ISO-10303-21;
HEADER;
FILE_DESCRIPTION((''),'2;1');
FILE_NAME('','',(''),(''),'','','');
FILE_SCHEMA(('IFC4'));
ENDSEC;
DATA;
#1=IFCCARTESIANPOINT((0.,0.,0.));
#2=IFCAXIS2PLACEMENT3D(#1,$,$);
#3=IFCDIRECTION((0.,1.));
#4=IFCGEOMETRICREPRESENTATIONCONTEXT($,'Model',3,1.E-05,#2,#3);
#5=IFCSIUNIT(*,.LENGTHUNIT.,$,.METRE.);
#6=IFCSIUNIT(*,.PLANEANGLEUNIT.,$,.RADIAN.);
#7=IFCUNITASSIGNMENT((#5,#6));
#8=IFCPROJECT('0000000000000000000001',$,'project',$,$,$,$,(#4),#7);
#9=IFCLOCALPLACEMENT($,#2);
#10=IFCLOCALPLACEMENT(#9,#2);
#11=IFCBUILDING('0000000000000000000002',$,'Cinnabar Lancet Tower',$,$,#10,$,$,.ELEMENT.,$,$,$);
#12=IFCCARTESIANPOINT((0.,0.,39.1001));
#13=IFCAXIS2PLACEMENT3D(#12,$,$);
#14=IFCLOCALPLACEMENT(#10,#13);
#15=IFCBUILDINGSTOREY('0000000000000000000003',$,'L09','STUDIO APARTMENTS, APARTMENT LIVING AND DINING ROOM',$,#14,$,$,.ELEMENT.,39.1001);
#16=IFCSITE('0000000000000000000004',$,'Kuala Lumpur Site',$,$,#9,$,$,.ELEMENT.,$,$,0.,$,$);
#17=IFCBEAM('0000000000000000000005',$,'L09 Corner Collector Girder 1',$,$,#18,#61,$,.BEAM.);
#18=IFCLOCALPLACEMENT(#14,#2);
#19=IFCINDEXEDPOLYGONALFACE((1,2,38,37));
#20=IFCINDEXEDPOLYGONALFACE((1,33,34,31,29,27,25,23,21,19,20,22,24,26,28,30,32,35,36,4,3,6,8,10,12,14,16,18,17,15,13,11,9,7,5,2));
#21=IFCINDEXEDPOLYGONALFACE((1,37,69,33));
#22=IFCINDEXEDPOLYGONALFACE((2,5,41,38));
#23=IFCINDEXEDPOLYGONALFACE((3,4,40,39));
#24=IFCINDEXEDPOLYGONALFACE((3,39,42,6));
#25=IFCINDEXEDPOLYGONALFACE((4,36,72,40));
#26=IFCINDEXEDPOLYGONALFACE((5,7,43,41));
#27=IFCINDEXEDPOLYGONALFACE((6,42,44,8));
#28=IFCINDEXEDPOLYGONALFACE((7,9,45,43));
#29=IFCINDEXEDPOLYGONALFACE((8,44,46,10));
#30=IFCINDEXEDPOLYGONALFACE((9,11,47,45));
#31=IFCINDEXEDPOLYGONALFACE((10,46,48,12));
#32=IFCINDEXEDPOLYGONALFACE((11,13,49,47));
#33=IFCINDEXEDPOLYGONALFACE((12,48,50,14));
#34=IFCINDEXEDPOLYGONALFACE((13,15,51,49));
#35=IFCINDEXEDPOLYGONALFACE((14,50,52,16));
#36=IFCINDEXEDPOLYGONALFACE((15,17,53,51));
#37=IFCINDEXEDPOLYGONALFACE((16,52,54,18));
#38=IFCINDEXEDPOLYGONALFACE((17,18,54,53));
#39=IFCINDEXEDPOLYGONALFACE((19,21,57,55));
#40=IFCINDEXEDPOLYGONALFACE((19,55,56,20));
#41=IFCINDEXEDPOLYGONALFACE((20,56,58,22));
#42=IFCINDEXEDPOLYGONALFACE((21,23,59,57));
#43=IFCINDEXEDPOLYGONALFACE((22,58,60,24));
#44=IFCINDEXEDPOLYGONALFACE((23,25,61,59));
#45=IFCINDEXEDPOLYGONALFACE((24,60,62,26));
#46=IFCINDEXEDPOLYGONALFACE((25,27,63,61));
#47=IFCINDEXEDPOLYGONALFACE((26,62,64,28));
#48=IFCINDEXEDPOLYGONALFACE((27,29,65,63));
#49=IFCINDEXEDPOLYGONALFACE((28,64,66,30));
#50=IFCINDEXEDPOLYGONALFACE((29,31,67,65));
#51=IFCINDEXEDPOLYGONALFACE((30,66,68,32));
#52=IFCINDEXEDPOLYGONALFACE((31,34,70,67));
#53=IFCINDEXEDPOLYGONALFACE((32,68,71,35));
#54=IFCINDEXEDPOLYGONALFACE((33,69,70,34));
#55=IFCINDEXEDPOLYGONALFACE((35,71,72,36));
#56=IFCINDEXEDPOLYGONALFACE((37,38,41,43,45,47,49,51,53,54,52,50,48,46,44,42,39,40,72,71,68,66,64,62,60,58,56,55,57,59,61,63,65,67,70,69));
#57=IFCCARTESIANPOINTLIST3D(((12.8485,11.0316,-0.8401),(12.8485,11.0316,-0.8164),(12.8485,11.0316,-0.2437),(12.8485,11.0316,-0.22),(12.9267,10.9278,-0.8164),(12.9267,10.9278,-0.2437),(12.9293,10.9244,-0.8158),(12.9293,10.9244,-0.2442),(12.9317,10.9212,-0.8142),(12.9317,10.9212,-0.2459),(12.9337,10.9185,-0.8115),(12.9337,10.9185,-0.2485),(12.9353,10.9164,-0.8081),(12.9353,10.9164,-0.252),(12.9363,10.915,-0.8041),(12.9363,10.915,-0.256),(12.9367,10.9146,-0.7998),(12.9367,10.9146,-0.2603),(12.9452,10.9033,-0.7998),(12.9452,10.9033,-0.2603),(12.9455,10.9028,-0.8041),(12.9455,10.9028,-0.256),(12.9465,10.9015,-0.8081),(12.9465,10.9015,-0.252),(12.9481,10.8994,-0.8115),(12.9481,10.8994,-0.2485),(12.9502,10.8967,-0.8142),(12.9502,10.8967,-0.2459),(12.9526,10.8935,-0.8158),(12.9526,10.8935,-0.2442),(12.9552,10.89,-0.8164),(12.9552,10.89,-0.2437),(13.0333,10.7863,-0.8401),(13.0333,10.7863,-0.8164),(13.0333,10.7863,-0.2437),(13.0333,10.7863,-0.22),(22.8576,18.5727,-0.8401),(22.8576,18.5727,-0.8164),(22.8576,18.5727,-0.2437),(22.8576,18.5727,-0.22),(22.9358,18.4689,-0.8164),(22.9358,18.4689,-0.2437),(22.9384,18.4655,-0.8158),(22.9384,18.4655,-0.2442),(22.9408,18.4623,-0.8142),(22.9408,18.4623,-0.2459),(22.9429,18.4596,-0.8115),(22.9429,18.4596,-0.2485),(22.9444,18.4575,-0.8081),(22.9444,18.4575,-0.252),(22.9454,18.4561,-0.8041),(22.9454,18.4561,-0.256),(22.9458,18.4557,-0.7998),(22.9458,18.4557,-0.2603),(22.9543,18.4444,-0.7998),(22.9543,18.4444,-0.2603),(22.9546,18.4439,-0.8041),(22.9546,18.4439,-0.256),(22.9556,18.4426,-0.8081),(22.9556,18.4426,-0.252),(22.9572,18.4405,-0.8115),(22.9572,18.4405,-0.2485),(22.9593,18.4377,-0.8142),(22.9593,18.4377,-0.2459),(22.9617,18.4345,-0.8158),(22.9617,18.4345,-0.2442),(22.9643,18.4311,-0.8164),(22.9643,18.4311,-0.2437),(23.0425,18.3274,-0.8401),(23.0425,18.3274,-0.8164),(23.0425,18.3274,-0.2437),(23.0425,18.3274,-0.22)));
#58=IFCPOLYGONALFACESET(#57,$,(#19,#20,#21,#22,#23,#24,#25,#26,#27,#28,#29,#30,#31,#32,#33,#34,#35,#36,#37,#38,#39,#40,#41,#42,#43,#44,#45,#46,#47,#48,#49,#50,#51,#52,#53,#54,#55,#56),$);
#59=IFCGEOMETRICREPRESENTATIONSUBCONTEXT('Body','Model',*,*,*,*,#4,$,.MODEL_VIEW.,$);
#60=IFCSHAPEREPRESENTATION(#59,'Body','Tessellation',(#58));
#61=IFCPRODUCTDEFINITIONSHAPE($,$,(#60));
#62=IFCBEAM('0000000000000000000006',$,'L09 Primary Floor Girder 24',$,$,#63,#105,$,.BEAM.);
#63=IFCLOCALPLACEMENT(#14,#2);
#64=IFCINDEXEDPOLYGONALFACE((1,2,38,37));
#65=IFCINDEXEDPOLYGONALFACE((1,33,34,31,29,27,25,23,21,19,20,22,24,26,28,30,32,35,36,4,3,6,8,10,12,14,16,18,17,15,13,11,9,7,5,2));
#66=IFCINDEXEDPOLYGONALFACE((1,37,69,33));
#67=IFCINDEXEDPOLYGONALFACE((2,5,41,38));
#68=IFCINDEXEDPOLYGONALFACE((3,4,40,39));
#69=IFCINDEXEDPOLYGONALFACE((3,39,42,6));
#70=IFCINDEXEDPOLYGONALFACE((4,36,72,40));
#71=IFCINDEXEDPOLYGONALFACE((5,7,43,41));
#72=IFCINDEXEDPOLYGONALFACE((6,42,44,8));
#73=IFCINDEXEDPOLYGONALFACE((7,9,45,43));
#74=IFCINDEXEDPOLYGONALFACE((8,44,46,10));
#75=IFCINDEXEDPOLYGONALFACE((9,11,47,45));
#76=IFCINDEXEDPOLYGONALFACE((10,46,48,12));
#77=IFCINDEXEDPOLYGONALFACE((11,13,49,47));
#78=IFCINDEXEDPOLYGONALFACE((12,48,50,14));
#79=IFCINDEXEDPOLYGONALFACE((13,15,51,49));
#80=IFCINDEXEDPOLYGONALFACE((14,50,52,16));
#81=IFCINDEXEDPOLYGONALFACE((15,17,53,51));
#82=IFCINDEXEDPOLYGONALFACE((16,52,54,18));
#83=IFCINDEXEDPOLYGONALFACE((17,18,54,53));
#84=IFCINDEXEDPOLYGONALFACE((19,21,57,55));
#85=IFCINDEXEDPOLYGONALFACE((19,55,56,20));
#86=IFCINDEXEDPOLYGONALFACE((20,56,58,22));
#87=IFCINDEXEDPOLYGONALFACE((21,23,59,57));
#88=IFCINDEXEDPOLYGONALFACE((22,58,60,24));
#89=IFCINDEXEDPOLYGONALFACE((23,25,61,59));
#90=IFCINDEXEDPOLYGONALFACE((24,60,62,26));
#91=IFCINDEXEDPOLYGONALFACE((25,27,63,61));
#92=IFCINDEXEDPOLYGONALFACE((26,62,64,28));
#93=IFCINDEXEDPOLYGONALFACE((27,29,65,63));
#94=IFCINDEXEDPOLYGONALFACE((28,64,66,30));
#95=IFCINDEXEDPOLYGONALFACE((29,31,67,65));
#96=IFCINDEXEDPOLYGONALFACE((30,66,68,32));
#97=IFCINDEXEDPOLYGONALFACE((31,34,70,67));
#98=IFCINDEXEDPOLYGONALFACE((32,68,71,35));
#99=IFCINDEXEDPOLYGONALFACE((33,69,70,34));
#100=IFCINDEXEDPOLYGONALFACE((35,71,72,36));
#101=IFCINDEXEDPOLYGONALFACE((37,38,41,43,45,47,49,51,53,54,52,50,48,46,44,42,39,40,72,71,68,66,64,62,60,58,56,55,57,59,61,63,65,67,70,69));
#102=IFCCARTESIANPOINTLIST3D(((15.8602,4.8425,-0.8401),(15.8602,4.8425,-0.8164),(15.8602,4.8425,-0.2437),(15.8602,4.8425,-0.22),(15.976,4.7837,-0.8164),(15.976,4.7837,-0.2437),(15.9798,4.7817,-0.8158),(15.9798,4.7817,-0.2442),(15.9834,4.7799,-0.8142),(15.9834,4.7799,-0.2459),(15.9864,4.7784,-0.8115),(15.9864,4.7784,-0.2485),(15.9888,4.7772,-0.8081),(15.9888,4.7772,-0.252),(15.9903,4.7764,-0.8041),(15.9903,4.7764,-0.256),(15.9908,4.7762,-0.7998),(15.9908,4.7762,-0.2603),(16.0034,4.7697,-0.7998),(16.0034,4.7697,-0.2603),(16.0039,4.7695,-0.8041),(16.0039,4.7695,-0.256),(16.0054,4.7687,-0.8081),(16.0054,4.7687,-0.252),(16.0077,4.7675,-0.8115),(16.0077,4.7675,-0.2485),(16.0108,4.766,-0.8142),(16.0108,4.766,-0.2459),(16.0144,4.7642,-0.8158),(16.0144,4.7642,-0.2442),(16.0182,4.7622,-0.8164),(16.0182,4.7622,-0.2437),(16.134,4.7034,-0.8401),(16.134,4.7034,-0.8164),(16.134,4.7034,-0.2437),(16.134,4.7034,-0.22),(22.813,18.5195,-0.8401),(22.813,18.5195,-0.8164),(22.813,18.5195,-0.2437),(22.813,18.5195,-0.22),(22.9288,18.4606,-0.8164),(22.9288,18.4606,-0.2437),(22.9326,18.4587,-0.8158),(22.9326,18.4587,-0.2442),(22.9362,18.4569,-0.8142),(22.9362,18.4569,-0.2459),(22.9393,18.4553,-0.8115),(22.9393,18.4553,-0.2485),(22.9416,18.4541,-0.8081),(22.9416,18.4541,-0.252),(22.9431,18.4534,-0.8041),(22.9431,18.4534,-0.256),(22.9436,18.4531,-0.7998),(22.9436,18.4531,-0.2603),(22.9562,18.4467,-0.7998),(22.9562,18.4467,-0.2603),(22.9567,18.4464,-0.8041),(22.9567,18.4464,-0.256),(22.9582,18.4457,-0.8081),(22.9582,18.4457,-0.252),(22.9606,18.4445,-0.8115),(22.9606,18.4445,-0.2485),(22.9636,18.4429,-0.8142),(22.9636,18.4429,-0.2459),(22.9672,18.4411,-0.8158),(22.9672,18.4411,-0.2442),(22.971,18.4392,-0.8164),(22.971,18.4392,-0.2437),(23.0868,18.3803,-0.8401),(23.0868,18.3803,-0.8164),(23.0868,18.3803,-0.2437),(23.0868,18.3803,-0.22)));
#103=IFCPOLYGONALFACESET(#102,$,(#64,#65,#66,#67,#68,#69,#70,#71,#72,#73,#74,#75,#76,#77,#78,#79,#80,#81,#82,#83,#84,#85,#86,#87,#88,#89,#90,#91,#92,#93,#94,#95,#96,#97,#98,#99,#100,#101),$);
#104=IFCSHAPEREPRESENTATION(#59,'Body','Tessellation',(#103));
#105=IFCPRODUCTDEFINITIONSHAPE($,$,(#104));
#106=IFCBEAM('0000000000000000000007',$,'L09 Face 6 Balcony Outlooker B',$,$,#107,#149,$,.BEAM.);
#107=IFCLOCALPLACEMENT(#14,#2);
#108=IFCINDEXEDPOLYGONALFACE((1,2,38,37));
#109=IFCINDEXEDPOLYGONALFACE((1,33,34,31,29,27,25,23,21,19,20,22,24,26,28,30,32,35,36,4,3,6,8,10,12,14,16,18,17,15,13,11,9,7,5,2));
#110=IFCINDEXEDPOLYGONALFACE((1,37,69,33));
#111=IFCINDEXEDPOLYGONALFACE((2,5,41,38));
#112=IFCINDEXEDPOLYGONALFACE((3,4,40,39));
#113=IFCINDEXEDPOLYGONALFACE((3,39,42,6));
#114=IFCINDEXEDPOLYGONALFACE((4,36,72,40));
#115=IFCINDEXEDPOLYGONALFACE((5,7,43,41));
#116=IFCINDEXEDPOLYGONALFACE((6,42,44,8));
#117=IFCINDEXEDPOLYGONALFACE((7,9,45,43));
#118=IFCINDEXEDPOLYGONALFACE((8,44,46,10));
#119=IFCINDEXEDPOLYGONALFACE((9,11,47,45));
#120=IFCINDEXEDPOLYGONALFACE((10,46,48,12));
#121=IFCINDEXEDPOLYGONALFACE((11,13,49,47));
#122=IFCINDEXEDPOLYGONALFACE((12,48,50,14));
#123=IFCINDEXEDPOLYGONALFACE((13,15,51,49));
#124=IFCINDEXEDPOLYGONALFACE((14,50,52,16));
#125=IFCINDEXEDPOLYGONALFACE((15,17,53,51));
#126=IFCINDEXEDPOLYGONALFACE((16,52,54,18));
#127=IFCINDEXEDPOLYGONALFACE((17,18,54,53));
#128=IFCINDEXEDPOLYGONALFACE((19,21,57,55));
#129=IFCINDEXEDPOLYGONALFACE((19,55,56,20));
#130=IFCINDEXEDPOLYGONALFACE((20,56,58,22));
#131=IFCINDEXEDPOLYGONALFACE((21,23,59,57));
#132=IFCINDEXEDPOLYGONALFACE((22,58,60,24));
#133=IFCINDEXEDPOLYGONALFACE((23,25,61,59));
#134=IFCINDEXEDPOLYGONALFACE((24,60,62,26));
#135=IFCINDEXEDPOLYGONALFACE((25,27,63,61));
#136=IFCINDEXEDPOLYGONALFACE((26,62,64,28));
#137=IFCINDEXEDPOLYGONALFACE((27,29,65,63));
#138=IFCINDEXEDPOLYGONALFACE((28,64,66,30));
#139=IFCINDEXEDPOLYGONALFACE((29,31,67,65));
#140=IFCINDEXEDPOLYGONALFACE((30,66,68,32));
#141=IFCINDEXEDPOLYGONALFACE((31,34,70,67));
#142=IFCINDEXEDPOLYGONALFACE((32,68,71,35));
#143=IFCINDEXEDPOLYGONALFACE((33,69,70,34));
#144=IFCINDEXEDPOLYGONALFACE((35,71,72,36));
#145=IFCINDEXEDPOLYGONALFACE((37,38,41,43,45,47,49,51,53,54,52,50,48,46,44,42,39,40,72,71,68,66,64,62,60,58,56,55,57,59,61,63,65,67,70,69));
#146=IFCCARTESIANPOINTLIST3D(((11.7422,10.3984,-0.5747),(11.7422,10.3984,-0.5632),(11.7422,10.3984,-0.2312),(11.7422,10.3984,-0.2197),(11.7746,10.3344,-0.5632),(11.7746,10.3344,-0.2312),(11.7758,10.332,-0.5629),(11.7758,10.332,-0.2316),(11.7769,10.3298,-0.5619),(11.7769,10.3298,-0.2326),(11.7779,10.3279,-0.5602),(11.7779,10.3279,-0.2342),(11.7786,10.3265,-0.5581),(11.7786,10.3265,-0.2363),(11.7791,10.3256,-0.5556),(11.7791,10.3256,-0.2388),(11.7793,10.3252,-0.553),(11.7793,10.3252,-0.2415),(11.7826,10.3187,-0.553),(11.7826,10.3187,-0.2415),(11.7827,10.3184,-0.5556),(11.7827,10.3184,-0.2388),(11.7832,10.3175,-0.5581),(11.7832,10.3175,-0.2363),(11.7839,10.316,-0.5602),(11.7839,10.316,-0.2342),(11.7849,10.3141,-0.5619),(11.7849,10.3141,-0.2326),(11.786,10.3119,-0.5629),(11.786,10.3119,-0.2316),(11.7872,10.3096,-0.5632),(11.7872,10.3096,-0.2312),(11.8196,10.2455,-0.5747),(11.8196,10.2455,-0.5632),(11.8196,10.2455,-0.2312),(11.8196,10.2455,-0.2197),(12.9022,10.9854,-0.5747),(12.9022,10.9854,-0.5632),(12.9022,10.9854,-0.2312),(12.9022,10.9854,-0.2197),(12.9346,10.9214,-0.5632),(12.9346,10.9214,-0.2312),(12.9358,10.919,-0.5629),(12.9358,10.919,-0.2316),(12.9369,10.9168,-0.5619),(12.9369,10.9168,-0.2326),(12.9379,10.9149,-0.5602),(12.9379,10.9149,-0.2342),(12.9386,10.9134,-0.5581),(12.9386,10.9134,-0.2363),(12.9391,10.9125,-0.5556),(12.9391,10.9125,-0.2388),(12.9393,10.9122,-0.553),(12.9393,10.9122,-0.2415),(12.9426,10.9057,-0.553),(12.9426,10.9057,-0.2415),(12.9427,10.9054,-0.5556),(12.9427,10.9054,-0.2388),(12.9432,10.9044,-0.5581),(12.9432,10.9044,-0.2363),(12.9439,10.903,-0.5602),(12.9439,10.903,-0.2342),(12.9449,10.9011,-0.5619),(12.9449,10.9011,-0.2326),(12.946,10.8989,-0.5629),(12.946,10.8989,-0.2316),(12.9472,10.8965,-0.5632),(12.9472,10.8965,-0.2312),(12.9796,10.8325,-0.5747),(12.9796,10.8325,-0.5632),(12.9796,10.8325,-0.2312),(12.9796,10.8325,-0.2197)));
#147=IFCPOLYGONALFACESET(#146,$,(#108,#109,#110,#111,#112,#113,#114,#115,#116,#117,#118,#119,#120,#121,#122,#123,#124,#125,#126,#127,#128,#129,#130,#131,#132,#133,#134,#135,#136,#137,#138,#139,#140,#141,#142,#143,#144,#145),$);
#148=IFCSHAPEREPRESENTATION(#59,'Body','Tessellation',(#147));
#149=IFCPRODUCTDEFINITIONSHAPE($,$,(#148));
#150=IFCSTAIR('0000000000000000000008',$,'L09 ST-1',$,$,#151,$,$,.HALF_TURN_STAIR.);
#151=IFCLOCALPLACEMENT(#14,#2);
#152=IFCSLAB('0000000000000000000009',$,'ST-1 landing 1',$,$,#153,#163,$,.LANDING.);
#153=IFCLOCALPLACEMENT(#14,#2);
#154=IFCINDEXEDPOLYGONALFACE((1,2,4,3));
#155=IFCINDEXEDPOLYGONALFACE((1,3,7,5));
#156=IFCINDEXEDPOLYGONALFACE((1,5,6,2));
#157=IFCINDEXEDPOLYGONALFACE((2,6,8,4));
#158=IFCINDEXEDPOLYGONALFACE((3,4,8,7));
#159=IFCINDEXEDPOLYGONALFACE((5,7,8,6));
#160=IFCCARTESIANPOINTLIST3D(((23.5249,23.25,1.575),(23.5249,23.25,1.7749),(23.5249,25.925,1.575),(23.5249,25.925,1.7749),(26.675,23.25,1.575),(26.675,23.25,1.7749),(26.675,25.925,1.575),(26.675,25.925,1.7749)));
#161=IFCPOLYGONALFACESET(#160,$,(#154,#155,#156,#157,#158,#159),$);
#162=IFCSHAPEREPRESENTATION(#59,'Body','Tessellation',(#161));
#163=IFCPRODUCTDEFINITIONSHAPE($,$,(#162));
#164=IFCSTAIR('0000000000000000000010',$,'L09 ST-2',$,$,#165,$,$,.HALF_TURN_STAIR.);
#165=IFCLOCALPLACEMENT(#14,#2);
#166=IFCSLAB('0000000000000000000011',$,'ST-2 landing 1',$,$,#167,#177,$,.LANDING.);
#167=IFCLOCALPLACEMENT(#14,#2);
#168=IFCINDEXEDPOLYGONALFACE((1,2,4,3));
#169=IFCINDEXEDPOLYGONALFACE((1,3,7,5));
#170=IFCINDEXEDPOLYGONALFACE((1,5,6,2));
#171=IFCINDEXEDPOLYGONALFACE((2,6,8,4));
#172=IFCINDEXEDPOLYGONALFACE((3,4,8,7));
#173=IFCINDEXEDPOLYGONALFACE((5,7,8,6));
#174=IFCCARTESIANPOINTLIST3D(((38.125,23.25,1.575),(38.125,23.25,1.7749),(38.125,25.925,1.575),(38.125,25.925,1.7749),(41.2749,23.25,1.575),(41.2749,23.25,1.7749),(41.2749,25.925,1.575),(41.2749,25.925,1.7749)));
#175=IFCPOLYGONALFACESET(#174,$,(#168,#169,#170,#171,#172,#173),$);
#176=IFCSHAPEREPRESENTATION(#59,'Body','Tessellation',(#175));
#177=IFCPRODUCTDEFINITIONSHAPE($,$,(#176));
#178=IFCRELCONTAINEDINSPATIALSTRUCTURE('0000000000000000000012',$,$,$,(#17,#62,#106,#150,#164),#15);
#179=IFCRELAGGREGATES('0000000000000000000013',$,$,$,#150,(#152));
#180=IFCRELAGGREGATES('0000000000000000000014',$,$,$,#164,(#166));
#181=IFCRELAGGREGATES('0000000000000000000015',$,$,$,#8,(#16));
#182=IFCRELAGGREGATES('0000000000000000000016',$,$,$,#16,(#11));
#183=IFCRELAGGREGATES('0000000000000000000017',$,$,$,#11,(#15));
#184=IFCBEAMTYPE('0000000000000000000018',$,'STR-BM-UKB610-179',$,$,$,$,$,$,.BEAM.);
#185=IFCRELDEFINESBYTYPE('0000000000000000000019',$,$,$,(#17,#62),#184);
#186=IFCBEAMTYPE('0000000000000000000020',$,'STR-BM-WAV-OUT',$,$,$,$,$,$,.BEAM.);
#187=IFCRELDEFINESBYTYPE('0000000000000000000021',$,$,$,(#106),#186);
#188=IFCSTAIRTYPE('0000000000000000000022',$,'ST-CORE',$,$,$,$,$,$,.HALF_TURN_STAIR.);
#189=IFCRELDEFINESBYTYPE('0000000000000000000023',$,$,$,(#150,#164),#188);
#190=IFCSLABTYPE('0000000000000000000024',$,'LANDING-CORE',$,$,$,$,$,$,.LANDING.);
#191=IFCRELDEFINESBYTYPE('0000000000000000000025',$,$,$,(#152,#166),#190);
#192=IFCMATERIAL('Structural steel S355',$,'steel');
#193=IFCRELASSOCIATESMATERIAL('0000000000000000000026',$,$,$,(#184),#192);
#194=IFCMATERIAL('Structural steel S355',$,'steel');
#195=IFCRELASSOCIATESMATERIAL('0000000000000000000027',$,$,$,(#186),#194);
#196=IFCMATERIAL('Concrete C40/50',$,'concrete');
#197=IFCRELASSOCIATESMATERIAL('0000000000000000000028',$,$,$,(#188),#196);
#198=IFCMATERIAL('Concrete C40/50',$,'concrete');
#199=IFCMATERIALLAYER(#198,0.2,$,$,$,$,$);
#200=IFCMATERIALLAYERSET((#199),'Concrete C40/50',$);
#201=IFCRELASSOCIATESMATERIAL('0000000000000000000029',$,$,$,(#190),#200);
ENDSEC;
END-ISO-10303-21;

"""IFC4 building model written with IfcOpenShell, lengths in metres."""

from ifc_helpers import new_model, si_unit, direction, frame, origin, origin_2d, place, context, subcontext, project, spatial, polyline, i_section, outline, extrude, material, layer, layer_set, material_profile, profile_set, type_object, element, aggregate, save


model = new_model("IFC4")

# Units and contexts
model_context = context("Model", 3, precision=1e-05, world=origin(), true_north=direction((0.0, 1.0)))
body_context = subcontext(model_context, "Body", "Model", "MODEL_VIEW")
ifc_project = project(units=[si_unit("LENGTHUNIT", "METRE"), si_unit("PLANEANGLEUNIT", "RADIAN")], contexts=[model_context])

# Site, building, storey
site_placement = place(None, origin())
site = spatial("IfcSite", under=ifc_project, at=site_placement, Name="Kuala Lumpur Site", CompositionType="ELEMENT", RefElevation=0.0)
building_placement = place(site_placement, origin())
building = spatial("IfcBuilding", under=site, at=building_placement, Name="Cinnabar Lancet Tower", CompositionType="ELEMENT")
storey_placement = place(building_placement, frame((0.0, 0.0, 39.1001)))
storey = spatial("IfcBuildingStorey", under=building, at=storey_placement, Name="L09", Description="STUDIO APARTMENTS, APARTMENT LIVING AND DINING ROOM", CompositionType="ELEMENT", Elevation=39.1001)

# Beams
ifc_material_1 = material(Name="Structural steel S355", Category="steel")
ifc_material_profile_1 = material_profile(ifc_material_1, i_section(OverallWidth=0.3071, OverallDepth=0.6201, WebThickness=0.0142, FlangeThickness=0.0237, FilletRadius=0.0166, at=origin_2d()), Name="UKB 610x305x179")
ifc_profile_set_1 = profile_set([ifc_material_profile_1], Name="Structural steel S355")
beam_type_1 = type_object("IfcBeamType", Name="STR-BM-UKB610-179", PredefinedType="BEAM", material=ifc_profile_set_1)
beam_1_placement = place(storey_placement, frame((12.9409, 10.9089, -0.53), z_axis=(0.798687, 0.601747, 0.0), x_axis=(-0.601747, 0.798687, 0.0)))
element("IfcBeam", 1, at=beam_1_placement, inside=storey, type_object=beam_type_1, Name="L09 Corner Collector Girder 1", PredefinedType="BEAM", context=body_context, shape_type="SweptSolid", body=[
    extrude(i_section(OverallWidth=0.3071, OverallDepth=0.6201, WebThickness=0.0142, FlangeThickness=0.0237, FilletRadius=0.0166, at=origin_2d()), origin(), (0.0, 0.0, 1.0), 12.532),
])
beam_2_placement = place(storey_placement, frame((15.9971, 4.7729, -0.53), z_axis=(0.453168, 0.891425, 0.0), x_axis=(-0.891425, 0.453168, 0.0)))
element("IfcBeam", 2, at=beam_2_placement, inside=storey, type_object=beam_type_1, Name="L09 Primary Floor Girder 24", PredefinedType="BEAM", context=body_context, shape_type="SweptSolid", body=[
    extrude(i_section(OverallWidth=0.3071, OverallDepth=0.6201, WebThickness=0.0142, FlangeThickness=0.0237, FilletRadius=0.0166, at=origin_2d()), origin(), (0.0, 0.0, 1.0), 15.3428),
])
ifc_material_2 = material(Name="Structural steel S355", Category="steel")
ifc_material_profile_2 = material_profile(ifc_material_2, i_section(OverallWidth=0.1714, OverallDepth=0.355, WebThickness=0.0073, FlangeThickness=0.0115, FilletRadius=0.0103, at=origin_2d()), Name="UKB 356x171x51")
ifc_profile_set_2 = profile_set([ifc_material_profile_2], Name="Structural steel S355")
beam_type_2 = type_object("IfcBeamType", Name="STR-BM-WAV-OUT", PredefinedType="BEAM", material=ifc_profile_set_2)
beam_3_placement = place(storey_placement, frame((12.9409, 10.9089, -0.3972), z_axis=(-0.892276, -0.45149, 0.0), x_axis=(0.45149, -0.892276, 0.0)))
element("IfcBeam", 3, at=beam_3_placement, inside=storey, type_object=beam_type_2, Name="L09 Face 6 Balcony Outlooker B", PredefinedType="BEAM", context=body_context, shape_type="SweptSolid", body=[
    extrude(i_section(OverallWidth=0.1714, OverallDepth=0.355, WebThickness=0.0073, FlangeThickness=0.0115, FilletRadius=0.0103, at=origin_2d()), origin(), (0.0, 0.0, 1.0), 1.3),
])

# Stairs, slabs
ifc_material_3 = material(Name="Concrete C40/50", Category="concrete")
stair_type = type_object("IfcStairType", Name="ST-CORE", PredefinedType="HALF_TURN_STAIR", material=ifc_material_3)
stair_1_placement = place(storey_placement, origin())
stair_1 = element("IfcStair", 4, at=stair_1_placement, inside=storey, type_object=stair_type, Name="L09 ST-1", PredefinedType="HALF_TURN_STAIR")
ifc_material_4 = material(Name="Concrete C40/50", Category="concrete")
ifc_layer_1 = layer(ifc_material_4, 0.2)
ifc_layer_set_1 = layer_set([ifc_layer_1], Name="Concrete C40/50")
slab_type_1 = type_object("IfcSlabType", Name="LANDING-CORE", PredefinedType="LANDING", material=ifc_layer_set_1)
slab_1_placement = place(storey_placement, frame((0.0, 0.0, 1.575)))
slab_1 = element("IfcSlab", 5, at=slab_1_placement, type_object=slab_type_1, Name="ST-1 landing 1", PredefinedType="LANDING", context=body_context, shape_type="SweptSolid", body=[
    extrude(outline(polyline([(23.5249, 25.925), (23.5249, 23.25), (26.675, 23.25), (26.675, 25.925), (23.5249, 25.925)])), origin(), (0.0, 0.0, 1.0), 0.2),
])
aggregate(stair_1, [slab_1])
stair_2_placement = place(storey_placement, origin())
stair_2 = element("IfcStair", 6, at=stair_2_placement, inside=storey, type_object=stair_type, Name="L09 ST-2", PredefinedType="HALF_TURN_STAIR")
slab_2_placement = place(storey_placement, frame((0.0, 0.0, 1.575)))
slab_2 = element("IfcSlab", 7, at=slab_2_placement, type_object=slab_type_1, Name="ST-2 landing 1", PredefinedType="LANDING", context=body_context, shape_type="SweptSolid", body=[
    extrude(outline(polyline([(38.125, 25.925), (38.125, 23.25), (41.2749, 23.25), (41.2749, 25.925), (38.125, 25.925)])), origin(), (0.0, 0.0, 1.0), 0.2),
])
aggregate(stair_2, [slab_2])

save(model, "model.ifc")
